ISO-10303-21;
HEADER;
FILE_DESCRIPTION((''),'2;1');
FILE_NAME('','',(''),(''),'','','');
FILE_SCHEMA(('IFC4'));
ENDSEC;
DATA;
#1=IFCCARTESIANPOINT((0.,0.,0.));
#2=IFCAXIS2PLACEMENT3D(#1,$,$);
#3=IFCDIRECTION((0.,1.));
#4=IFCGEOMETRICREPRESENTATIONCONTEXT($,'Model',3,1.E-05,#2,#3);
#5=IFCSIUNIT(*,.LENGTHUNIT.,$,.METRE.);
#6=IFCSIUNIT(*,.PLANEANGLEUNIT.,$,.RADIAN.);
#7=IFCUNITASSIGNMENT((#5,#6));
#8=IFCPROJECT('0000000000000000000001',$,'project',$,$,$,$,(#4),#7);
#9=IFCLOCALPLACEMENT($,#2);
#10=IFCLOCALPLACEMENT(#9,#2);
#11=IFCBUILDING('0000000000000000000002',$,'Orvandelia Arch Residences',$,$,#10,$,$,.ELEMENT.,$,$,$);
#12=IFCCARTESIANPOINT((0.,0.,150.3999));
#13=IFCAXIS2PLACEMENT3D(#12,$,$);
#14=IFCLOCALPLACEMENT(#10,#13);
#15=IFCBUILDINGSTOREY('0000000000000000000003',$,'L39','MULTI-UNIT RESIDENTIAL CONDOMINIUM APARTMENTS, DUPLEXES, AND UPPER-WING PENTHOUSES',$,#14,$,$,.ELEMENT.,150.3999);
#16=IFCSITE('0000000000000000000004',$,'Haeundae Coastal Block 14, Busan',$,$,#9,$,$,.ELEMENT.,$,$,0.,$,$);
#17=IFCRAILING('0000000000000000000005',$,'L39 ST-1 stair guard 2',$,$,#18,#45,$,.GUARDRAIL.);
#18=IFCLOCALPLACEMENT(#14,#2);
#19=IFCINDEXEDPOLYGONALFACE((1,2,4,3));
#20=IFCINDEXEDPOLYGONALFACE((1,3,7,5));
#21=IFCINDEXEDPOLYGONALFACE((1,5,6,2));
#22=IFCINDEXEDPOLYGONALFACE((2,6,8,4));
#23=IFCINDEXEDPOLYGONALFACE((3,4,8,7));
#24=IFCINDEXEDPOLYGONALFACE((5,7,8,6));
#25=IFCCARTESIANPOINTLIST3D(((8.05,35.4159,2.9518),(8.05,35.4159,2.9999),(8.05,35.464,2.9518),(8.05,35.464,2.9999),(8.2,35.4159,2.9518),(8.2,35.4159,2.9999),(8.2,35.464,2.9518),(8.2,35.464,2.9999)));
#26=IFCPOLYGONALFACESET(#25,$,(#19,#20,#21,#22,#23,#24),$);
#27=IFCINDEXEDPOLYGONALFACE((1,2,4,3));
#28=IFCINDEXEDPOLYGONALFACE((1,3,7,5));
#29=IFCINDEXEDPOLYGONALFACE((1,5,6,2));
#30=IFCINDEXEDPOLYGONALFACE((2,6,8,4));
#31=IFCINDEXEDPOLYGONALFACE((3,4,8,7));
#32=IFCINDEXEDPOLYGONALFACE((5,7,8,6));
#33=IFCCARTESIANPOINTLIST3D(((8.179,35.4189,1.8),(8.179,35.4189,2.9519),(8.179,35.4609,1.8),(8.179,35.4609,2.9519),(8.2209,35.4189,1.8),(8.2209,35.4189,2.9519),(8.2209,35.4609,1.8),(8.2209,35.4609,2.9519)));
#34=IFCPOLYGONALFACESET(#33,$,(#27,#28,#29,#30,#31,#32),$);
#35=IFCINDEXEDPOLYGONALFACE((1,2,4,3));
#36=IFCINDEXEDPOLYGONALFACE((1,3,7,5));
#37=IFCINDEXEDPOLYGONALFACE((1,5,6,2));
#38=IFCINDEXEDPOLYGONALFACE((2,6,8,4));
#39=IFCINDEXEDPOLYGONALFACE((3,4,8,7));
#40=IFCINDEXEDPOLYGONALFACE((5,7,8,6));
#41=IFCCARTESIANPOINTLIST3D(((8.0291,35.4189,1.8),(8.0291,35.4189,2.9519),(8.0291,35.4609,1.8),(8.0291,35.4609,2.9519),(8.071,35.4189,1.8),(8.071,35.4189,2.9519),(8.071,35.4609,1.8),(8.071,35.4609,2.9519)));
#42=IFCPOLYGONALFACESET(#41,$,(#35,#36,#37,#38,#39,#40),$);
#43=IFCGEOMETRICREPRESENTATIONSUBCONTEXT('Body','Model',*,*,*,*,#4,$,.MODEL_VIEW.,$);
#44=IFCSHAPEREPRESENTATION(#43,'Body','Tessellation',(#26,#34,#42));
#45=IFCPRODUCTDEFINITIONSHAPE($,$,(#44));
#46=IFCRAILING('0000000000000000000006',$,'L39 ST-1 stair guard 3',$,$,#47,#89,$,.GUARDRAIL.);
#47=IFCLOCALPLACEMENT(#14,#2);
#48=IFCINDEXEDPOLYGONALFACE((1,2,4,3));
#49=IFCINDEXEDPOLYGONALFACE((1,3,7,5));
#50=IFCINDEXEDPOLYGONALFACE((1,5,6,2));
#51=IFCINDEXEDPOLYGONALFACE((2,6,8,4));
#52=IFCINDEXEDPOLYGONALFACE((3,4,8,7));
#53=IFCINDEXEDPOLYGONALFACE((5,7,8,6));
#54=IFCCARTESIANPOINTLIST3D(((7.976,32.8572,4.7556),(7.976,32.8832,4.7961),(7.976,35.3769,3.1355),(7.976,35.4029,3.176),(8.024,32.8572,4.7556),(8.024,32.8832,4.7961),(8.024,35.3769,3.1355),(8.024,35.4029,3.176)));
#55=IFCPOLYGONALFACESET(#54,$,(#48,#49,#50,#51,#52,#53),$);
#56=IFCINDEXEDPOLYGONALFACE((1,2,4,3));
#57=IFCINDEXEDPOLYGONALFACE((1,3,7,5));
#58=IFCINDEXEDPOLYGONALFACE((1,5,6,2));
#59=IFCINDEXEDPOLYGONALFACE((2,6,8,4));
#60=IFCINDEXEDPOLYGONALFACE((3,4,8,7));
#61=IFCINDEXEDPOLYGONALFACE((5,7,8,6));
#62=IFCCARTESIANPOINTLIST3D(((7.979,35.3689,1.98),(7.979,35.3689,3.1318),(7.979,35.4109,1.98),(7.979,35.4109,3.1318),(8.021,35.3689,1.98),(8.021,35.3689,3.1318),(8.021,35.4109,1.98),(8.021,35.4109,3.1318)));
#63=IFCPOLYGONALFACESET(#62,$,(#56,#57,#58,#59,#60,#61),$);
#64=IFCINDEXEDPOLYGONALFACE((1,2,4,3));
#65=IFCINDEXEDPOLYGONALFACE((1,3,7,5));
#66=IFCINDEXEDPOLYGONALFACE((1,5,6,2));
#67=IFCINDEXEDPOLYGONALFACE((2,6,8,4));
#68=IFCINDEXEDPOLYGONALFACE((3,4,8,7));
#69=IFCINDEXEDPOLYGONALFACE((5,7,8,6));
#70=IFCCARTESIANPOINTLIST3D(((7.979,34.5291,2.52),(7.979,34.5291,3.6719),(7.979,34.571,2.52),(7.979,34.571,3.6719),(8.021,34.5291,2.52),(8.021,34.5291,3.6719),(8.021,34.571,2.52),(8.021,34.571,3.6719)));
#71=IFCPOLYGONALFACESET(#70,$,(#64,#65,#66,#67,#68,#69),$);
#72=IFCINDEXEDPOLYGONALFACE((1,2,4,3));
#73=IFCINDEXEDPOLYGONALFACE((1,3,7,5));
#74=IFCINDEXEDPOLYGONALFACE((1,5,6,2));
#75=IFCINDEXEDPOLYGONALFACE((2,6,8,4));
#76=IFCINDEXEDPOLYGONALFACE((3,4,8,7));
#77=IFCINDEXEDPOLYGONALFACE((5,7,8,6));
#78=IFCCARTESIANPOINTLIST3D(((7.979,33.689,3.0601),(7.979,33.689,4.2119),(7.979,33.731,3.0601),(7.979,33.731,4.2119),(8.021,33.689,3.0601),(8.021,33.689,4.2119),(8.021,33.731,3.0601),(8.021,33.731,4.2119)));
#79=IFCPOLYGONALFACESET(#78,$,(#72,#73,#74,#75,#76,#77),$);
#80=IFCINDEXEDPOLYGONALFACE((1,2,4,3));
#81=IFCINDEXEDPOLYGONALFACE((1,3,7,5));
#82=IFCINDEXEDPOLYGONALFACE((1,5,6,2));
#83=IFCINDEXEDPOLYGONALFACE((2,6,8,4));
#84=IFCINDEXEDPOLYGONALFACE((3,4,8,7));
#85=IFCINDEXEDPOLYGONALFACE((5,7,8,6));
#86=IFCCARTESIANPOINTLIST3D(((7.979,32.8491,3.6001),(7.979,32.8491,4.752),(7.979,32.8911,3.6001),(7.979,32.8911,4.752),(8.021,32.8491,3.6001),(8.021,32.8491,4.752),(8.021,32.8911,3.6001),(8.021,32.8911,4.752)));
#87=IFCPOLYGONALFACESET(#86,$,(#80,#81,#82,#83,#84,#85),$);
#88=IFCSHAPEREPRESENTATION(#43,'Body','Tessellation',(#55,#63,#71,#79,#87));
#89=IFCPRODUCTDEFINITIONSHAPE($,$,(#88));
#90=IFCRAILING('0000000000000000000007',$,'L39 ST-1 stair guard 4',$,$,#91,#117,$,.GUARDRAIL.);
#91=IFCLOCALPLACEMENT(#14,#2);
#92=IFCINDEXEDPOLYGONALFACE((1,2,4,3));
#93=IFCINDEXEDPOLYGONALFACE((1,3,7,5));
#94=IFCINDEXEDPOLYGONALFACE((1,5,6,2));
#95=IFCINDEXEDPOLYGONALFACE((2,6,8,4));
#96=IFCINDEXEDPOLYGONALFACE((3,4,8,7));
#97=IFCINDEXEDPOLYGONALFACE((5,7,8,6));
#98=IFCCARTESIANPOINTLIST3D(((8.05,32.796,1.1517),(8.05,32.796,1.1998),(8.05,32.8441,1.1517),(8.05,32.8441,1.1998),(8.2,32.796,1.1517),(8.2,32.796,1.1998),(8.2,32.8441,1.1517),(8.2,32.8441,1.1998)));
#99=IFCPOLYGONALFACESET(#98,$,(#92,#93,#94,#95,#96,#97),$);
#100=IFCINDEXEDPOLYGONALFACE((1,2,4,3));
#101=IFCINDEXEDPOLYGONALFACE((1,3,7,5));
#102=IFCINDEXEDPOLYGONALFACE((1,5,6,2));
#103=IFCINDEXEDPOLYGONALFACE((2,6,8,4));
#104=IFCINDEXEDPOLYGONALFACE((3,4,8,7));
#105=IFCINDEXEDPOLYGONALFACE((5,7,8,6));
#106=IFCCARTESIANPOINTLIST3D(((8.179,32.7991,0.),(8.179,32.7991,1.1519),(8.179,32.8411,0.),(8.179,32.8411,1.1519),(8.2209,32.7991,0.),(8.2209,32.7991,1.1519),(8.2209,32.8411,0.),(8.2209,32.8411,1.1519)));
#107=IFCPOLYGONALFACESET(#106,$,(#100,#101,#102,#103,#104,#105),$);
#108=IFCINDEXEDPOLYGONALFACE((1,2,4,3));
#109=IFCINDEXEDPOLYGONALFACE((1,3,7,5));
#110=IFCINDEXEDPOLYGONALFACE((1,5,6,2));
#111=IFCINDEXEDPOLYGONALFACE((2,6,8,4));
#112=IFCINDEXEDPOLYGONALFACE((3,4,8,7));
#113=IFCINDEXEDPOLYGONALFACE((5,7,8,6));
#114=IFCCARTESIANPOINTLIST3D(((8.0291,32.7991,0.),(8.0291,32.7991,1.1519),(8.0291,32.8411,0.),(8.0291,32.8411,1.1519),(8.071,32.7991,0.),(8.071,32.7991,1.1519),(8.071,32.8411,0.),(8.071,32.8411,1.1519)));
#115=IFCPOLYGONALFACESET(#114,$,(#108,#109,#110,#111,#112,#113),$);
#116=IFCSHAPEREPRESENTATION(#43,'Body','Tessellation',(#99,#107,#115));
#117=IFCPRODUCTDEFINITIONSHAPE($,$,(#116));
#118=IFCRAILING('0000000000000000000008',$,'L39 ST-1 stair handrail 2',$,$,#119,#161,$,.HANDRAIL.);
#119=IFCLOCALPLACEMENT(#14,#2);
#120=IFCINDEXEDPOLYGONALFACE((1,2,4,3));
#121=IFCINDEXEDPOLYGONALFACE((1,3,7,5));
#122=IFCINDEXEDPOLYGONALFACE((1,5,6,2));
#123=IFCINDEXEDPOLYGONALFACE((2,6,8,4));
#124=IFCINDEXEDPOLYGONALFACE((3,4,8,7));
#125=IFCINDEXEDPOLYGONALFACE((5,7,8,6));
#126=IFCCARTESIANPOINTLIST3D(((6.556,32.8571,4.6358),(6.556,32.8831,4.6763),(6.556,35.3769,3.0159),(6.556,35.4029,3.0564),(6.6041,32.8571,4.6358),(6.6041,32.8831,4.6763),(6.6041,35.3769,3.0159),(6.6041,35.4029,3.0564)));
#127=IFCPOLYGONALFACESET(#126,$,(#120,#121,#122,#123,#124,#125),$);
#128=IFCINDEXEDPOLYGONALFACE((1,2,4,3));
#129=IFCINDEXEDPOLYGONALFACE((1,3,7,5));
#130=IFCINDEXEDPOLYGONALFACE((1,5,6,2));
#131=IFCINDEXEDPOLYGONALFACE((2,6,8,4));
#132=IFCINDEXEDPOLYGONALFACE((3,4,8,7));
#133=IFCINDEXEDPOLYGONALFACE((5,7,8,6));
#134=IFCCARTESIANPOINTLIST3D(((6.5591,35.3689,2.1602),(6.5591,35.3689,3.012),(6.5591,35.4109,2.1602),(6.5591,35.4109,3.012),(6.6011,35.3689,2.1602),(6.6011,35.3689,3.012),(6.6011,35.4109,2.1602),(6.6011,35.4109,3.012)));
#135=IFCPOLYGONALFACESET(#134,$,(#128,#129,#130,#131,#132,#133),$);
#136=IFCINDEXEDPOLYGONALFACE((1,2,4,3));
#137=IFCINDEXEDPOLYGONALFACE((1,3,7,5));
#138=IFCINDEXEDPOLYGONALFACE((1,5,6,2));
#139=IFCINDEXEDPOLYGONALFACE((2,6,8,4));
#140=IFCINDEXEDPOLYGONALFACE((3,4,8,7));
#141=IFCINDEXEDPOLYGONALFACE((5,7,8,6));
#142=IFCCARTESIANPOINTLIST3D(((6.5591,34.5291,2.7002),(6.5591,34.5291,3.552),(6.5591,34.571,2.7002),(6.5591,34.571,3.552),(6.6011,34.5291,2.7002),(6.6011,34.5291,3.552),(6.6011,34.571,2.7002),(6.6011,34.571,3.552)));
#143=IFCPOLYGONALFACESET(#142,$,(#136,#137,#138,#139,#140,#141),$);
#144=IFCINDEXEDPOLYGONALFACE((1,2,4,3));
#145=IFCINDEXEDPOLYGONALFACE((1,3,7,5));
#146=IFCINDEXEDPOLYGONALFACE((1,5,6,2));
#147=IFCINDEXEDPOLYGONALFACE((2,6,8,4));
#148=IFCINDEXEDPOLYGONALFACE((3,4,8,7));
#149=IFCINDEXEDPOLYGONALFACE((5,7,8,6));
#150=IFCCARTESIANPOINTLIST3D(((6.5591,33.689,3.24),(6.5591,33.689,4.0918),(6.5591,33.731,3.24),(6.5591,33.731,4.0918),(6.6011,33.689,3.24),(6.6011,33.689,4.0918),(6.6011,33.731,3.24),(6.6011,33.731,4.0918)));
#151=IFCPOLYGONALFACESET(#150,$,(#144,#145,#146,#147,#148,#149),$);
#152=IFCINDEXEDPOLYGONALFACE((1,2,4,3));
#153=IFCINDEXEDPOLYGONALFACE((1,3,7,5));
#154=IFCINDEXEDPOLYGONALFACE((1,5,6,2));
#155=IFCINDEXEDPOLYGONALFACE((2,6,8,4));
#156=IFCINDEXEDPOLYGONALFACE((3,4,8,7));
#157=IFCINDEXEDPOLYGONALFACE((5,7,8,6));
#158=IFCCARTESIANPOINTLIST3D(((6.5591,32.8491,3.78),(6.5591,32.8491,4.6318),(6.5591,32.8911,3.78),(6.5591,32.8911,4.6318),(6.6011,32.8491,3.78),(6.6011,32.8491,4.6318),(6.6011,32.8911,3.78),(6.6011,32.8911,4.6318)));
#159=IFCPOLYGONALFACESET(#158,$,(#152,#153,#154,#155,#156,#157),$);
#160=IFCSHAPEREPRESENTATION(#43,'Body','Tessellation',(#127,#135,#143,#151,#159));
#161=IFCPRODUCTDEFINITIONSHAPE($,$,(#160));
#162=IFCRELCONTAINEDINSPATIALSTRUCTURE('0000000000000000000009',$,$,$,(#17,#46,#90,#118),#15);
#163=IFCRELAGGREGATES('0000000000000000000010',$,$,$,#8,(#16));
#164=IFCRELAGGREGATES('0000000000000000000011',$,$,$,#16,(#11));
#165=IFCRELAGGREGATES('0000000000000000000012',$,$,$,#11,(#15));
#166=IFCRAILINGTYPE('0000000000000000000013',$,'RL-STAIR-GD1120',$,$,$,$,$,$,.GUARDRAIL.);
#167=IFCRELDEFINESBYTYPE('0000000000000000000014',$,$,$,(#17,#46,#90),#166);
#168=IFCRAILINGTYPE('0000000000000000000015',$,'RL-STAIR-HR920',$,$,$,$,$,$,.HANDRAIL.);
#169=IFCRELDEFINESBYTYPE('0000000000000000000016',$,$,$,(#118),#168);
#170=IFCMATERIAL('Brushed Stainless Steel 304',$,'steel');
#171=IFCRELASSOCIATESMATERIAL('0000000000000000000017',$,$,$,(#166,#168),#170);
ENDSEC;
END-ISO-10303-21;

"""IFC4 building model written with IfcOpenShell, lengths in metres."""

from ifc_helpers import new_model, si_unit, direction, frame, origin, origin_2d, place, context, subcontext, project, spatial, rectangle, extrude, material, type_object, element, save


model = new_model("IFC4")

# Units and contexts
model_context = context("Model", 3, precision=1e-05, world=origin(), true_north=direction((0.0, 1.0)))
body_context = subcontext(model_context, "Body", "Model", "MODEL_VIEW")
ifc_project = project(units=[si_unit("LENGTHUNIT", "METRE"), si_unit("PLANEANGLEUNIT", "RADIAN")], contexts=[model_context])

# Site, building, storey
site_placement = place(None, origin())
site = spatial("IfcSite", under=ifc_project, at=site_placement, Name="Haeundae Coastal Block 14, Busan", CompositionType="ELEMENT", RefElevation=0.0)
building_placement = place(site_placement, origin())
building = spatial("IfcBuilding", under=site, at=building_placement, Name="Orvandelia Arch Residences", CompositionType="ELEMENT")
storey_placement = place(building_placement, frame((0.0, 0.0, 150.3999)))
storey = spatial("IfcBuildingStorey", under=building, at=storey_placement, Name="L39", Description="MULTI-UNIT RESIDENTIAL CONDOMINIUM APARTMENTS, DUPLEXES, AND UPPER-WING PENTHOUSES", CompositionType="ELEMENT", Elevation=150.3999)

# Railings
ifc_material_1 = material(Name="Brushed Stainless Steel 304", Category="steel")
railing_type_1 = type_object("IfcRailingType", Name="RL-STAIR-GD1120", PredefinedType="GUARDRAIL", material=ifc_material_1)
railing_1_placement = place(storey_placement, frame((8.2, 35.4399, 1.8)))
element("IfcRailing", 1, at=railing_1_placement, inside=storey, type_object=railing_type_1, Name="L39 ST-1 stair guard 2", PredefinedType="GUARDRAIL", context=body_context, shape_type="SweptSolid", body=[
    extrude(rectangle(XDim=0.0481, YDim=0.0481, at=origin_2d()), frame((0.0, 0.0, 1.1758), z_axis=(-1.0, 0.0, 0.0), x_axis=(0.0, -1.0, 0.0)), (0.0, 0.0, 1.0), 0.1499),
    extrude(rectangle(XDim=0.042, YDim=0.042, at=origin_2d()), origin(), (0.0, 0.0, 1.0), 1.1519),
    extrude(rectangle(XDim=0.042, YDim=0.042, at=origin_2d()), frame((-0.1499, 0.0, 0.0)), (0.0, 0.0, 1.0), 1.1519),
])
railing_2_placement = place(storey_placement, frame((8.0, 35.3899, 1.98)))
element("IfcRailing", 2, at=railing_2_placement, inside=storey, type_object=railing_type_1, Name="L39 ST-1 stair guard 3", PredefinedType="GUARDRAIL", context=body_context, shape_type="SweptSolid", body=[
    extrude(rectangle(XDim=0.0481, YDim=0.0481, at=origin_2d()), frame((0.0, 0.0, 1.1758), z_axis=(0.0, -0.841139, 0.540819), x_axis=(1.0, 0.0, 0.0)), (0.0, 0.0, 1.0), 2.9956),
    extrude(rectangle(XDim=0.042, YDim=0.042, at=origin_2d()), origin(), (0.0, 0.0, 1.0), 1.1519),
    extrude(rectangle(XDim=0.042, YDim=0.042, at=origin_2d()), frame((0.0, -0.8398, 0.54)), (0.0, 0.0, 1.0), 1.1519),
    extrude(rectangle(XDim=0.042, YDim=0.042, at=origin_2d()), frame((0.0, -1.6799, 1.0801)), (0.0, 0.0, 1.0), 1.1519),
    extrude(rectangle(XDim=0.042, YDim=0.042, at=origin_2d()), frame((0.0, -2.5198, 1.6201)), (0.0, 0.0, 1.0), 1.1519),
])
railing_3_placement = place(storey_placement, frame((8.2, 32.8201, 0.0)))
element("IfcRailing", 3, at=railing_3_placement, inside=storey, type_object=railing_type_1, Name="L39 ST-1 stair guard 4", PredefinedType="GUARDRAIL", context=body_context, shape_type="SweptSolid", body=[
    extrude(rectangle(XDim=0.0481, YDim=0.0481, at=origin_2d()), frame((0.0, 0.0, 1.1758), z_axis=(-1.0, 0.0, 0.0), x_axis=(0.0, -1.0, 0.0)), (0.0, 0.0, 1.0), 0.1499),
    extrude(rectangle(XDim=0.042, YDim=0.042, at=origin_2d()), origin(), (0.0, 0.0, 1.0), 1.1519),
    extrude(rectangle(XDim=0.042, YDim=0.042, at=origin_2d()), frame((-0.1499, 0.0, 0.0)), (0.0, 0.0, 1.0), 1.1519),
])
railing_type_2 = type_object("IfcRailingType", Name="RL-STAIR-HR920", PredefinedType="HANDRAIL", material=ifc_material_1)
railing_4_placement = place(storey_placement, frame((6.5801, 35.3899, 2.1602)))
element("IfcRailing", 4, at=railing_4_placement, inside=storey, type_object=railing_type_2, Name="L39 ST-1 stair handrail 2", PredefinedType="HANDRAIL", context=body_context, shape_type="SweptSolid", body=[
    extrude(rectangle(XDim=0.0481, YDim=0.0481, at=origin_2d()), frame((0.0, 0.0, 0.876), z_axis=(0.0, -0.841176, 0.540762), x_axis=(1.0, 0.0, 0.0)), (0.0, 0.0, 1.0), 2.9956),
    extrude(rectangle(XDim=0.042, YDim=0.042, at=origin_2d()), origin(), (0.0, 0.0, 1.0), 0.8518),
    extrude(rectangle(XDim=0.042, YDim=0.042, at=origin_2d()), frame((0.0, -0.8398, 0.54)), (0.0, 0.0, 1.0), 0.8518),
    extrude(rectangle(XDim=0.042, YDim=0.042, at=origin_2d()), frame((0.0, -1.6799, 1.0798)), (0.0, 0.0, 1.0), 0.8518),
    extrude(rectangle(XDim=0.042, YDim=0.042, at=origin_2d()), frame((0.0, -2.5198, 1.6199)), (0.0, 0.0, 1.0), 0.8518),
])

save(model, "model.ifc")
